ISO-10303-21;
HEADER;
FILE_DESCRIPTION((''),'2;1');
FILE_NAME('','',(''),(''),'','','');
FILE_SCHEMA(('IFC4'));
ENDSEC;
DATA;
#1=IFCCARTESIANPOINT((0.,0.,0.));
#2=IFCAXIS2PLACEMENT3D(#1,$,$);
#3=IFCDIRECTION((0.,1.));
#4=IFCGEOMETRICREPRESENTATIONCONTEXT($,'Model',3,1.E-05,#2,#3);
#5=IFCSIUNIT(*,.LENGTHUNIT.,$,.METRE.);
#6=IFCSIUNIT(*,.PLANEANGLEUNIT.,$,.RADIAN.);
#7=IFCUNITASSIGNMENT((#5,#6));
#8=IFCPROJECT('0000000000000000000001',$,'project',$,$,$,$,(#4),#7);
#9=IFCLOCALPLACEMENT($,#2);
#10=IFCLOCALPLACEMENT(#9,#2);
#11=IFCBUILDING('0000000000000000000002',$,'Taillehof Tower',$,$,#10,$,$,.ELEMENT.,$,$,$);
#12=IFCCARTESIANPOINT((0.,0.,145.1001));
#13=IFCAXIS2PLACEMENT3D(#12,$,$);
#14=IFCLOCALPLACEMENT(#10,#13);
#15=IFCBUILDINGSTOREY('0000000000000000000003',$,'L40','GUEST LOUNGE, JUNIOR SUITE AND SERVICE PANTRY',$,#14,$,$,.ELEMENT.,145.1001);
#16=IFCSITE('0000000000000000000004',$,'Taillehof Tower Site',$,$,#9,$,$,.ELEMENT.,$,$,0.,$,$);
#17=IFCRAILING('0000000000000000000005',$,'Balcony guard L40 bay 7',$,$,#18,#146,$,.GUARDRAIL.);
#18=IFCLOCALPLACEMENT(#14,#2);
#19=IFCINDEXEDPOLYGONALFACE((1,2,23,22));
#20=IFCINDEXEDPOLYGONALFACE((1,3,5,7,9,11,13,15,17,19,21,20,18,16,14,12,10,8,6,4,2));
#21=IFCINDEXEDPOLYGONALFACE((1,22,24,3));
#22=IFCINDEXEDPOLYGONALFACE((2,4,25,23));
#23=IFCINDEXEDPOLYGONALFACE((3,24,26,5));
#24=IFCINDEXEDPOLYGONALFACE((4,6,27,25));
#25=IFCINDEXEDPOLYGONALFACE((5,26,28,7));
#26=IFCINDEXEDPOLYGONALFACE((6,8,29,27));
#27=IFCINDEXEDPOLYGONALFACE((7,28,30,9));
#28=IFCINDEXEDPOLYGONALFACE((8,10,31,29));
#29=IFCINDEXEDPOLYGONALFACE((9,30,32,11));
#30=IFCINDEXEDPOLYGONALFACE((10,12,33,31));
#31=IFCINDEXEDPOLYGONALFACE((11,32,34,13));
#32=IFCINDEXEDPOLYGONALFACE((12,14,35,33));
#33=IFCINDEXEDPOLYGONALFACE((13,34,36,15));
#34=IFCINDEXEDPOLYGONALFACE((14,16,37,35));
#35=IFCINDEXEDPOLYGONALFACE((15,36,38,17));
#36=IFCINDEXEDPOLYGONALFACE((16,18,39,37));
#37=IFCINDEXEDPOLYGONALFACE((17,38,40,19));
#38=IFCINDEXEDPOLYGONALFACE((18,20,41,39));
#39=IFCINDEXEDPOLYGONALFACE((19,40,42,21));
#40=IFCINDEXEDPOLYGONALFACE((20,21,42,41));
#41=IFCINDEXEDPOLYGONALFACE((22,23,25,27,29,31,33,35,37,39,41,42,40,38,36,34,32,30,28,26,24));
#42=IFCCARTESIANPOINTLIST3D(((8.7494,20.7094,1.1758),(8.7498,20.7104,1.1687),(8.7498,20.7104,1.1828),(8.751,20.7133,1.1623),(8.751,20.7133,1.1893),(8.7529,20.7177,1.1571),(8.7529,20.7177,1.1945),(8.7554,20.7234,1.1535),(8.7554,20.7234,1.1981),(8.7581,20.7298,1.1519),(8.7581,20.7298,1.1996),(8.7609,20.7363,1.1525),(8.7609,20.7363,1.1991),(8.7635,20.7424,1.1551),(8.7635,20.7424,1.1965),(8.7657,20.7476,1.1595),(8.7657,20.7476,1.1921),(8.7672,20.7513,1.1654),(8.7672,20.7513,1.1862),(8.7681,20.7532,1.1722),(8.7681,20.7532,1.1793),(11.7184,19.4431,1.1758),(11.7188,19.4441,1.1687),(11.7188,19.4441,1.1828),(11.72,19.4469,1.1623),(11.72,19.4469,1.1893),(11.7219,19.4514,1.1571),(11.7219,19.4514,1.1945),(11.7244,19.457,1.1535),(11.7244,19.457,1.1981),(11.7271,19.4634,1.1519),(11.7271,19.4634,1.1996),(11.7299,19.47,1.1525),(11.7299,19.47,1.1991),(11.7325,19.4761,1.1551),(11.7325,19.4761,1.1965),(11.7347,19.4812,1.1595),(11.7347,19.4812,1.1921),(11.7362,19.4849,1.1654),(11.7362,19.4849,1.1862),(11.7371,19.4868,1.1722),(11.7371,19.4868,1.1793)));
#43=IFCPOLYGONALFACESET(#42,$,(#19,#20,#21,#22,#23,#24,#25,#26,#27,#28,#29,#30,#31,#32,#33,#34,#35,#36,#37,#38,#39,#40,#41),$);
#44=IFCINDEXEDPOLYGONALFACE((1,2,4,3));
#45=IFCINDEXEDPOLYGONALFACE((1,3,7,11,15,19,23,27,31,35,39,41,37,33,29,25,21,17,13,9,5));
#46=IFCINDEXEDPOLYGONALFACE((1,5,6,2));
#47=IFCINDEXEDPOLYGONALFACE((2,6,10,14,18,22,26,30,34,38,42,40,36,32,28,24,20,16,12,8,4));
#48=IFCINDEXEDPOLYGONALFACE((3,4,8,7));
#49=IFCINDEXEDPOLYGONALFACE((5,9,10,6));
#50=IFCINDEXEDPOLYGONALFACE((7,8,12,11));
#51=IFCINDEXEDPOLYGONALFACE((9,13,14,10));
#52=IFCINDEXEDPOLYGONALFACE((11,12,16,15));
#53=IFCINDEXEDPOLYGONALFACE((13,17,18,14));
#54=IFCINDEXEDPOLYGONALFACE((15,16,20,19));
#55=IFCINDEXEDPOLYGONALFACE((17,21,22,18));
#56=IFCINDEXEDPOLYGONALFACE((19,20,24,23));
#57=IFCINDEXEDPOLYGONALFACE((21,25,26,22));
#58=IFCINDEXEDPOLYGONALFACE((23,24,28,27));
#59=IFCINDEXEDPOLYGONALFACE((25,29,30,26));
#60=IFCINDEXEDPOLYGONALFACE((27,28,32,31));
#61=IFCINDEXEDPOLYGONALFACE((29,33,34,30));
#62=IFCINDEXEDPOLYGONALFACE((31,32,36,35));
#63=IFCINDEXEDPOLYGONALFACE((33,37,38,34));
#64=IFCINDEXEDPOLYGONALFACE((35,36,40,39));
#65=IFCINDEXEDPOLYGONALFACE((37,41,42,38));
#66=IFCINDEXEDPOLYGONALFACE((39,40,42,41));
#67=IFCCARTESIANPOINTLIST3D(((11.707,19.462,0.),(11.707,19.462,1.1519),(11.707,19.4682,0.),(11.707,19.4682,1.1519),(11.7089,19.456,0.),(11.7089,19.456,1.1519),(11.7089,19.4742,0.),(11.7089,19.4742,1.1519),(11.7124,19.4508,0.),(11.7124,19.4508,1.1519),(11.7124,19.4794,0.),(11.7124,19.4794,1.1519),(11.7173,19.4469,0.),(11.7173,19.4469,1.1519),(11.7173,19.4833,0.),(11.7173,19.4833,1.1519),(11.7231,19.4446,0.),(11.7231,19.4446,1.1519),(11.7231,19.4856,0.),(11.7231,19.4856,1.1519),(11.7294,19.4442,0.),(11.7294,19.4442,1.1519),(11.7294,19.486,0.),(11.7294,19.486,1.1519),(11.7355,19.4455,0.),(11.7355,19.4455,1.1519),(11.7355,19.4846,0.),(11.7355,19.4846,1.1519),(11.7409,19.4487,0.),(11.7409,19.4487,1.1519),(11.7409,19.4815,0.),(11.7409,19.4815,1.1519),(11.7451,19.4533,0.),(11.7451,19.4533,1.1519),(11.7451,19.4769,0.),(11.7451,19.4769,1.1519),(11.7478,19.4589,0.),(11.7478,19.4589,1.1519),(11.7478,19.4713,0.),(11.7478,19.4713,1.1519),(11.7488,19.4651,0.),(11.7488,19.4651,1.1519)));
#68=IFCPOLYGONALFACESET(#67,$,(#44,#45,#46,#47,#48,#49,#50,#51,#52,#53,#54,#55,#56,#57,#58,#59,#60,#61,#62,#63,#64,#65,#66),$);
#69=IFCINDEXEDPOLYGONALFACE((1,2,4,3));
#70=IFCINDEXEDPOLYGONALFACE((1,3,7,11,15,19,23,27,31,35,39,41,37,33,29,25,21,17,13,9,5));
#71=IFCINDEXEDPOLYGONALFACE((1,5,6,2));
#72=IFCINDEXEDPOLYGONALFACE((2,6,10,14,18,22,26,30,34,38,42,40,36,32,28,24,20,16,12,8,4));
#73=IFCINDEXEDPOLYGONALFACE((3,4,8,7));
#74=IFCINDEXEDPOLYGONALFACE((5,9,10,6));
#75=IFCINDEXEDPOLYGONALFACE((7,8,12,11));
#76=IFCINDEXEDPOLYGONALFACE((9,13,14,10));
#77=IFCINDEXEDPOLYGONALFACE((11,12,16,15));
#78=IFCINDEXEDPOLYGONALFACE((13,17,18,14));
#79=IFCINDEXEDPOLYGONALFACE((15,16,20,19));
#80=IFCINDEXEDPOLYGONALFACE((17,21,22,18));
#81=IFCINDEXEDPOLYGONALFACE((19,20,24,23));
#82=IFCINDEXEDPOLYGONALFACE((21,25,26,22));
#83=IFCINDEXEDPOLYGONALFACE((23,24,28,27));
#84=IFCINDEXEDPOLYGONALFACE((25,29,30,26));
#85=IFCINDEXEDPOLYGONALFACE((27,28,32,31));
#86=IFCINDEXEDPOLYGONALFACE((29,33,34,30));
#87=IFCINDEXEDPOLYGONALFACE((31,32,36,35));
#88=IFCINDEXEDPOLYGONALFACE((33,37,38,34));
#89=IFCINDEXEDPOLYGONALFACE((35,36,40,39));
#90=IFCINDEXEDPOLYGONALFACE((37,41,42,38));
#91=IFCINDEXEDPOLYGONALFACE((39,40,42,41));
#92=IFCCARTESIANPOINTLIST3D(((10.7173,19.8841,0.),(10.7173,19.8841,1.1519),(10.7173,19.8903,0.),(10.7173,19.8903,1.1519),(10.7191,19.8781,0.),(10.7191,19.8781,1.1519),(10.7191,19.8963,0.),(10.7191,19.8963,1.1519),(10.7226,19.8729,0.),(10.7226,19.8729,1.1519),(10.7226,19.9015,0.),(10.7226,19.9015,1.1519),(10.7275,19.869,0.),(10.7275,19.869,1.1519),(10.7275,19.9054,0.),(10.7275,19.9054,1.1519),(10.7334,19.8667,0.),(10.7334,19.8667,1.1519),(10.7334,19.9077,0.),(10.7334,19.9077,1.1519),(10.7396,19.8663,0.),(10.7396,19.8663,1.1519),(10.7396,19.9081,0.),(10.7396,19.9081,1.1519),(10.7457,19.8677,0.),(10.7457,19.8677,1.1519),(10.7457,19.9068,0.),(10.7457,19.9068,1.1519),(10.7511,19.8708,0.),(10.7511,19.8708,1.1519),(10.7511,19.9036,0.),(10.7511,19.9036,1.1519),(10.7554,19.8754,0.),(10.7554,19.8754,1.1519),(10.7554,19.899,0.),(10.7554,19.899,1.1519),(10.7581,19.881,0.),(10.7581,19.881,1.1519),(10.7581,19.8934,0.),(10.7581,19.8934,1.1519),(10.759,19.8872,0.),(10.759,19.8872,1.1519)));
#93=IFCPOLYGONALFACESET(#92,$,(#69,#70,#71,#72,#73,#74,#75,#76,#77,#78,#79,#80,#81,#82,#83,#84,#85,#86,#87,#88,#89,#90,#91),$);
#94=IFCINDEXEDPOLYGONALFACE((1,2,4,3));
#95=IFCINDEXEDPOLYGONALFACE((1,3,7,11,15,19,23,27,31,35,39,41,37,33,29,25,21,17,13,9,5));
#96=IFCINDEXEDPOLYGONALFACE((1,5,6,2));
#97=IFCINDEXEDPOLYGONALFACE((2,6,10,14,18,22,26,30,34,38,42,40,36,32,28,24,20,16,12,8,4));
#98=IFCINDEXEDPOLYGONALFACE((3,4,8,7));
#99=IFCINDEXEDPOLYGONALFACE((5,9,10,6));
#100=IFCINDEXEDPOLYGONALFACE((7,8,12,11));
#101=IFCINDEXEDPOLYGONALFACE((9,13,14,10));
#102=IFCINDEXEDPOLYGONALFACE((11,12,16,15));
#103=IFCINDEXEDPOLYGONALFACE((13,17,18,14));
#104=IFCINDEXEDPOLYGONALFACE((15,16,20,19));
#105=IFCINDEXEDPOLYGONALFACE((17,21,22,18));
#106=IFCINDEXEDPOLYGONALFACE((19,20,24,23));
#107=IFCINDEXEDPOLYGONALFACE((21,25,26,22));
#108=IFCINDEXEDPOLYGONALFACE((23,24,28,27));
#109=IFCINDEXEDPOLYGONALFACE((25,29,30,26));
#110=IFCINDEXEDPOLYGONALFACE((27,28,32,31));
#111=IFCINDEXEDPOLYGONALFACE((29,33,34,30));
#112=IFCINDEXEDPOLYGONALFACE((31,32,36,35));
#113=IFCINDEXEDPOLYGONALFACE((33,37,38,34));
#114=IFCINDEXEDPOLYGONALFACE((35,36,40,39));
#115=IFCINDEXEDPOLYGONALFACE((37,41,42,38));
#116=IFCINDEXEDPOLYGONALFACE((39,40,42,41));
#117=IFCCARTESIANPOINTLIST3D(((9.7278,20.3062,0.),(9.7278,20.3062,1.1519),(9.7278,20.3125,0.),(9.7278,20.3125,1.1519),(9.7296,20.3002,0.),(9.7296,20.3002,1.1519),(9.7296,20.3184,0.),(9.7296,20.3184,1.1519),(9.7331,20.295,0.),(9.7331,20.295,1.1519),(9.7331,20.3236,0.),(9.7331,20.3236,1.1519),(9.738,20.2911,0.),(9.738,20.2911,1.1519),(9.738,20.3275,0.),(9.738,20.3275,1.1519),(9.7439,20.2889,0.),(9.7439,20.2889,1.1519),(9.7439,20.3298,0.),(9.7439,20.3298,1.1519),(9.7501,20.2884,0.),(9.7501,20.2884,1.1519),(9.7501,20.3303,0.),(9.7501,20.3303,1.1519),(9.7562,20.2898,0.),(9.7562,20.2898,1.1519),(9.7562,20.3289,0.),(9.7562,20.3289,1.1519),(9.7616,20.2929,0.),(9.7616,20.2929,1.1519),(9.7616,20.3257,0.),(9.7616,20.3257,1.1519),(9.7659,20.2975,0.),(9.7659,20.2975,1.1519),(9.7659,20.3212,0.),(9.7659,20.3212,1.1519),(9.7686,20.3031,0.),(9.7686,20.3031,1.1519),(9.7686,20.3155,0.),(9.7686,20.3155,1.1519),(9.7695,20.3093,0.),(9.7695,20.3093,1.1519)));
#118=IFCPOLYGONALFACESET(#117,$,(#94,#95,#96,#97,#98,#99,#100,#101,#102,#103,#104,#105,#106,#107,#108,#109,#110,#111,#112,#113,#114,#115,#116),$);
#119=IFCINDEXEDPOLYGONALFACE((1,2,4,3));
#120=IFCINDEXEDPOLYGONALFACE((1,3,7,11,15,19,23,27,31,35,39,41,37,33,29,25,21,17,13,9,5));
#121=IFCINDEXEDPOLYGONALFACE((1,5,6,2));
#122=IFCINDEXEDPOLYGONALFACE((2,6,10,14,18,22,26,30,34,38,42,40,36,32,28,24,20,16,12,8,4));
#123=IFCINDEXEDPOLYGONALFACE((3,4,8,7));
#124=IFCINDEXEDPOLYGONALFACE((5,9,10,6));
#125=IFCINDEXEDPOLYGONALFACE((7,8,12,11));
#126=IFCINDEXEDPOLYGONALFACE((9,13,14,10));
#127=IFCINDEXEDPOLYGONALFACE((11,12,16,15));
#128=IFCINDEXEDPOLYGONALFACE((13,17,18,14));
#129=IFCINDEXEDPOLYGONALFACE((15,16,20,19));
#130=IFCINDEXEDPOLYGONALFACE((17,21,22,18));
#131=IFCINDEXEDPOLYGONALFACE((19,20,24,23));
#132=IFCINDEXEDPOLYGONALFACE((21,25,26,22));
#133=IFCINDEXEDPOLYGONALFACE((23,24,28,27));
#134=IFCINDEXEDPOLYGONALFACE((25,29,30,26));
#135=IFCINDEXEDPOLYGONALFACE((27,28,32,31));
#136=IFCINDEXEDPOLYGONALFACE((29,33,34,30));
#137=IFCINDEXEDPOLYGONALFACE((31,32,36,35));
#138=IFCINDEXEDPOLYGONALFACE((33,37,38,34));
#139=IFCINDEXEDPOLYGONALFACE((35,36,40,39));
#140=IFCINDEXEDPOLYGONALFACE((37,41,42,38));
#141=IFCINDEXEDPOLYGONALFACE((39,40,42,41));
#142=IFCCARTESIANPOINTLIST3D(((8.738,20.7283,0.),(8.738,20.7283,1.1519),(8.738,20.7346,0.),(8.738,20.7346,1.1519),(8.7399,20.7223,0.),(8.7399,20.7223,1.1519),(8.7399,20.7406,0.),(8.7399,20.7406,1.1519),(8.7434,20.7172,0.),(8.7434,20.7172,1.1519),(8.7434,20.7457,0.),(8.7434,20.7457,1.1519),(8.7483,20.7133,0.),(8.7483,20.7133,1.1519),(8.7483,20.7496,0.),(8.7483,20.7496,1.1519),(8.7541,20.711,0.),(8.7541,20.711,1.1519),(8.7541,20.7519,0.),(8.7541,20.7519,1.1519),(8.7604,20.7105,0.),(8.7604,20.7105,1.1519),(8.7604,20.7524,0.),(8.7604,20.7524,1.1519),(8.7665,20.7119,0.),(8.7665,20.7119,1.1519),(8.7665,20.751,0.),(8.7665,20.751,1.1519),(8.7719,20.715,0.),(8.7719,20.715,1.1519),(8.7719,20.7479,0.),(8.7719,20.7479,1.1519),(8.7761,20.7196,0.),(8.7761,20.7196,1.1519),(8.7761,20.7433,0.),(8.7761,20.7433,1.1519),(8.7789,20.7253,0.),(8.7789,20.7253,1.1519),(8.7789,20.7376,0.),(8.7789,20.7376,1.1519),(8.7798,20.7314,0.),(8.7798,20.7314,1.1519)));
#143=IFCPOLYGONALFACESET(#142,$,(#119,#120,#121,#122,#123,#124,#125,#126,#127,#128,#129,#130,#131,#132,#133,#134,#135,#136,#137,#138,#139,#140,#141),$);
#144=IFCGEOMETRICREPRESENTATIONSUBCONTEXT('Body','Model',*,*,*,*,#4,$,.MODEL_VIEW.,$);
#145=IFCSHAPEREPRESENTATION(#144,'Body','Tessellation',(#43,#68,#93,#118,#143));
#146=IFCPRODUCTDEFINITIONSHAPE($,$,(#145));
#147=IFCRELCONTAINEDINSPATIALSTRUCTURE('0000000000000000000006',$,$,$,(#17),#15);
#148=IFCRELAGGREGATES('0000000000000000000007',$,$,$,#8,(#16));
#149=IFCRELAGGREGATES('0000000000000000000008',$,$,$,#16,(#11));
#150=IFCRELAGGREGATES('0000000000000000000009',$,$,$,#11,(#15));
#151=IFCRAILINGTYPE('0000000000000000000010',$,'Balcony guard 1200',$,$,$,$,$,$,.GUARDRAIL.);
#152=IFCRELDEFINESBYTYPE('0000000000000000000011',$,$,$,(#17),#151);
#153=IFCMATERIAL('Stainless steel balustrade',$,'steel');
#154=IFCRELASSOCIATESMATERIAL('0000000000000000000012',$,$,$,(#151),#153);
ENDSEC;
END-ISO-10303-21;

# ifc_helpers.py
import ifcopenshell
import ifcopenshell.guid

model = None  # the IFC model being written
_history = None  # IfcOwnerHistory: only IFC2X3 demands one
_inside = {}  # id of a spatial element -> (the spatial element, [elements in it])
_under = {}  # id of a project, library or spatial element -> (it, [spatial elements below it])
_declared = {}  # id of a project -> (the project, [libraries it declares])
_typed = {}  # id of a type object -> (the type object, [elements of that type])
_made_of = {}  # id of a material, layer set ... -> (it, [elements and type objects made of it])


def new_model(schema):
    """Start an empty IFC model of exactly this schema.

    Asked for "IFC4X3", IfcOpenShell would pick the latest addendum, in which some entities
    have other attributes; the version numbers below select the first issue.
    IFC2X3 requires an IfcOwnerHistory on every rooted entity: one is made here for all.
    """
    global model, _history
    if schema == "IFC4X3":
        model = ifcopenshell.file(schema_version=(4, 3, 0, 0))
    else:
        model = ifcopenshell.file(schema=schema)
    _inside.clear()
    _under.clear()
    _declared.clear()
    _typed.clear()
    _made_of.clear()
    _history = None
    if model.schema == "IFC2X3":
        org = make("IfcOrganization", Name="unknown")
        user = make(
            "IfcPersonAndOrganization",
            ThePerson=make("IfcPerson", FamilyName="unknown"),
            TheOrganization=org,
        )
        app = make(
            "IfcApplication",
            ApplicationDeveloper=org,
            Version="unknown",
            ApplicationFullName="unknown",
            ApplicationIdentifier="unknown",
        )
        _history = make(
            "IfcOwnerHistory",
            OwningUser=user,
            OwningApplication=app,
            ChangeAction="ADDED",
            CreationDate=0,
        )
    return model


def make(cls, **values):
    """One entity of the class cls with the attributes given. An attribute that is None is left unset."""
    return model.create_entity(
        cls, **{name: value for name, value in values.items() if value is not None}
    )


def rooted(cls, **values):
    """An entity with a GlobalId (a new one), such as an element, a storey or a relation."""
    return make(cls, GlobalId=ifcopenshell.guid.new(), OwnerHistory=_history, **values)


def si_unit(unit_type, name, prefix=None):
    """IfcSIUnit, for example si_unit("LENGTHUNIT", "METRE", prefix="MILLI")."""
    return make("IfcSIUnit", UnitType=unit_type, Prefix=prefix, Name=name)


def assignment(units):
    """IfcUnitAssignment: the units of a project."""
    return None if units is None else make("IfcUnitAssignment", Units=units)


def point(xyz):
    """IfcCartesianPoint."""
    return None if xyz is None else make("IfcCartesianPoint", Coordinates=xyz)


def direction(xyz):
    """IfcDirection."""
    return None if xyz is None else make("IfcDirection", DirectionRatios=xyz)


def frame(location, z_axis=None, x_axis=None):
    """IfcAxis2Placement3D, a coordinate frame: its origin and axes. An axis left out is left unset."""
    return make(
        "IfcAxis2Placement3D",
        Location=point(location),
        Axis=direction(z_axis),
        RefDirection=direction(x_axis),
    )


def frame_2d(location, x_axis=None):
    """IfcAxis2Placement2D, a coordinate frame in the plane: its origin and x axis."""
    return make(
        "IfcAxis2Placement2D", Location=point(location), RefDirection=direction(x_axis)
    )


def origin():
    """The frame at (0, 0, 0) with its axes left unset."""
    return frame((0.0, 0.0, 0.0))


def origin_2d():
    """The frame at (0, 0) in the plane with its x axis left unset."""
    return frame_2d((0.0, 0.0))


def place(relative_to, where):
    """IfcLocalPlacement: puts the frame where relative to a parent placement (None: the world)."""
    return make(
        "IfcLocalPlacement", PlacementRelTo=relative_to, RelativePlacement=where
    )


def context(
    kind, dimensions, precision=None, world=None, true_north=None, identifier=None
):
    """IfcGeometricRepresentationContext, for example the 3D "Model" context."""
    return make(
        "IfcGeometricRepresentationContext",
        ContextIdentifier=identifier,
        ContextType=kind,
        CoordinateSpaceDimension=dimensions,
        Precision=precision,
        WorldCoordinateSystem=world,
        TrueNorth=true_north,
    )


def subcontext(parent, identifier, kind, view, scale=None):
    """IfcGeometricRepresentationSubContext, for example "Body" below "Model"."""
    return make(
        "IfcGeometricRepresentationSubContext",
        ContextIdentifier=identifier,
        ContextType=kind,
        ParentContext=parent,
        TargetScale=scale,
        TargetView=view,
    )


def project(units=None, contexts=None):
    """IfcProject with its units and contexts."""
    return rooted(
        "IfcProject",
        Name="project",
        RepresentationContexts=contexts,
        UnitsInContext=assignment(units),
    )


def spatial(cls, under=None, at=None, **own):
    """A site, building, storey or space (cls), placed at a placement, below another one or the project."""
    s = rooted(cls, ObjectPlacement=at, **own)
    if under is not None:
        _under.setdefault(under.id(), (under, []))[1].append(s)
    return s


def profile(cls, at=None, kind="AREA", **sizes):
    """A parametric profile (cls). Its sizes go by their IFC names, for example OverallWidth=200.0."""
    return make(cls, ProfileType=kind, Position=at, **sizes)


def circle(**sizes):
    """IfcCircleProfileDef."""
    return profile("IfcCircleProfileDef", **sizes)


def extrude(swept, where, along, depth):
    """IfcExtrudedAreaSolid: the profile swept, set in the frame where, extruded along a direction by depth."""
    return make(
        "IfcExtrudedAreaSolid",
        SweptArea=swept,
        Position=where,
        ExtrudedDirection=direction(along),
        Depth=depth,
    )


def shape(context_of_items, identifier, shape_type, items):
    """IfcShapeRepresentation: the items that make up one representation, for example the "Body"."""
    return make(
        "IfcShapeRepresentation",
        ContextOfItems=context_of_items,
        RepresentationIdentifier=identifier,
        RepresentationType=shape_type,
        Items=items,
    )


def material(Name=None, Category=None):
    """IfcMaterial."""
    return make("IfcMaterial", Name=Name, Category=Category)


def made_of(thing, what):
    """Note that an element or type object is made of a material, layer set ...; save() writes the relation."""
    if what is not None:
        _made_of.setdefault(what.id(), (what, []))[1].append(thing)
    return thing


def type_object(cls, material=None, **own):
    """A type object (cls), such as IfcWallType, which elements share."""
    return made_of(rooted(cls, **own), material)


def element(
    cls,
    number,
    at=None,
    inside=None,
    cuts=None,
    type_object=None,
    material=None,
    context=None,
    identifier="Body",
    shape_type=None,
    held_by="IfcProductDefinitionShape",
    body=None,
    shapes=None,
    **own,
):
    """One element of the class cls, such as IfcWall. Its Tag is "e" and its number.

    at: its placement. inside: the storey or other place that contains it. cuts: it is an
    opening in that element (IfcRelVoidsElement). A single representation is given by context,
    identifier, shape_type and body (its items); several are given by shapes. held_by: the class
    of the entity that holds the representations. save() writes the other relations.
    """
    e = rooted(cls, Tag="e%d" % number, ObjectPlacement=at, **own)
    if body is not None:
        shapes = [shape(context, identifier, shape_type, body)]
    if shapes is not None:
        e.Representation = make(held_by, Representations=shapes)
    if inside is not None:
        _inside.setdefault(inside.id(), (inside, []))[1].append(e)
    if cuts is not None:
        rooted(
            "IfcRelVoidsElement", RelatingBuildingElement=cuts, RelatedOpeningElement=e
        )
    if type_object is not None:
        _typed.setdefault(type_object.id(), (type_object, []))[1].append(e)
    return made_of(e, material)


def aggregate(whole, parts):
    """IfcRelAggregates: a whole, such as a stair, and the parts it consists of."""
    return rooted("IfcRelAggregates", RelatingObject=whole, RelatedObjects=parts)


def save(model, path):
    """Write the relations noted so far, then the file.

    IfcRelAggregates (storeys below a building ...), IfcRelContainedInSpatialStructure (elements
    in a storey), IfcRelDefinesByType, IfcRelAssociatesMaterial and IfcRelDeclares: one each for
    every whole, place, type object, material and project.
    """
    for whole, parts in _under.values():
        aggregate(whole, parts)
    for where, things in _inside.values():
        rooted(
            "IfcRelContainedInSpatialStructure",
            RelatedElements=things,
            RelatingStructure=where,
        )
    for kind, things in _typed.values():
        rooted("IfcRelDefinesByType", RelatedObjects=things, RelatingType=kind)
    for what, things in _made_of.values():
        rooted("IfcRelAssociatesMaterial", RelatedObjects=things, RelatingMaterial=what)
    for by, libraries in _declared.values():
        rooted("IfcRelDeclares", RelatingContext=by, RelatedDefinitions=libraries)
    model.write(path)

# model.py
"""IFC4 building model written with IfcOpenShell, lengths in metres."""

from ifc_helpers import new_model, si_unit, direction, frame, origin, origin_2d, place, context, subcontext, project, spatial, circle, extrude, material, type_object, element, save


model = new_model("IFC4")

# Units and contexts
model_context = context("Model", 3, precision=1e-05, world=origin(), true_north=direction((0.0, 1.0)))
body_context = subcontext(model_context, "Body", "Model", "MODEL_VIEW")
ifc_project = project(units=[si_unit("LENGTHUNIT", "METRE"), si_unit("PLANEANGLEUNIT", "RADIAN")], contexts=[model_context])

# Site, building, storey
site_placement = place(None, origin())
site = spatial("IfcSite", under=ifc_project, at=site_placement, Name="Taillehof Tower Site", CompositionType="ELEMENT", RefElevation=0.0)
building_placement = place(site_placement, origin())
building = spatial("IfcBuilding", under=site, at=building_placement, Name="Taillehof Tower", CompositionType="ELEMENT")
storey_placement = place(building_placement, frame((0.0, 0.0, 145.1001)))
storey = spatial("IfcBuildingStorey", under=building, at=storey_placement, Name="L40", Description="GUEST LOUNGE, JUNIOR SUITE AND SERVICE PANTRY", CompositionType="ELEMENT", Elevation=145.1001)

# Railing
ifc_material_1 = material(Name="Stainless steel balustrade", Category="steel")
railing_type = type_object("IfcRailingType", Name="Balcony guard 1200", PredefinedType="GUARDRAIL", material=ifc_material_1)
railing_1_placement = place(storey_placement, frame((11.7278, 19.4651, 0.0)))
element("IfcRailing", 1, at=railing_1_placement, inside=storey, type_object=railing_type, Name="Balcony guard L40 bay 7", PredefinedType="GUARDRAIL", context=body_context, shape_type="SweptSolid", body=[
    extrude(circle(Radius=0.0239, at=origin_2d()), frame((0.0, 0.0, 1.1758), z_axis=(-0.919824, 0.39233, 0.0), x_axis=(-0.39233, -0.919824, 0.0)), (0.0, 0.0, 1.0), 3.2278),
    extrude(circle(Radius=0.021, at=origin_2d()), origin(), (0.0, 0.0, 1.0), 1.1519),
    extrude(circle(Radius=0.021, at=origin_2d()), frame((-0.9897, 0.4221, 0.0)), (0.0, 0.0, 1.0), 1.1519),
    extrude(circle(Radius=0.021, at=origin_2d()), frame((-1.9792, 0.8442, 0.0)), (0.0, 0.0, 1.0), 1.1519),
    extrude(circle(Radius=0.021, at=origin_2d()), frame((-2.969, 1.2664, 0.0)), (0.0, 0.0, 1.0), 1.1519),
])

save(model, "model.ifc")
